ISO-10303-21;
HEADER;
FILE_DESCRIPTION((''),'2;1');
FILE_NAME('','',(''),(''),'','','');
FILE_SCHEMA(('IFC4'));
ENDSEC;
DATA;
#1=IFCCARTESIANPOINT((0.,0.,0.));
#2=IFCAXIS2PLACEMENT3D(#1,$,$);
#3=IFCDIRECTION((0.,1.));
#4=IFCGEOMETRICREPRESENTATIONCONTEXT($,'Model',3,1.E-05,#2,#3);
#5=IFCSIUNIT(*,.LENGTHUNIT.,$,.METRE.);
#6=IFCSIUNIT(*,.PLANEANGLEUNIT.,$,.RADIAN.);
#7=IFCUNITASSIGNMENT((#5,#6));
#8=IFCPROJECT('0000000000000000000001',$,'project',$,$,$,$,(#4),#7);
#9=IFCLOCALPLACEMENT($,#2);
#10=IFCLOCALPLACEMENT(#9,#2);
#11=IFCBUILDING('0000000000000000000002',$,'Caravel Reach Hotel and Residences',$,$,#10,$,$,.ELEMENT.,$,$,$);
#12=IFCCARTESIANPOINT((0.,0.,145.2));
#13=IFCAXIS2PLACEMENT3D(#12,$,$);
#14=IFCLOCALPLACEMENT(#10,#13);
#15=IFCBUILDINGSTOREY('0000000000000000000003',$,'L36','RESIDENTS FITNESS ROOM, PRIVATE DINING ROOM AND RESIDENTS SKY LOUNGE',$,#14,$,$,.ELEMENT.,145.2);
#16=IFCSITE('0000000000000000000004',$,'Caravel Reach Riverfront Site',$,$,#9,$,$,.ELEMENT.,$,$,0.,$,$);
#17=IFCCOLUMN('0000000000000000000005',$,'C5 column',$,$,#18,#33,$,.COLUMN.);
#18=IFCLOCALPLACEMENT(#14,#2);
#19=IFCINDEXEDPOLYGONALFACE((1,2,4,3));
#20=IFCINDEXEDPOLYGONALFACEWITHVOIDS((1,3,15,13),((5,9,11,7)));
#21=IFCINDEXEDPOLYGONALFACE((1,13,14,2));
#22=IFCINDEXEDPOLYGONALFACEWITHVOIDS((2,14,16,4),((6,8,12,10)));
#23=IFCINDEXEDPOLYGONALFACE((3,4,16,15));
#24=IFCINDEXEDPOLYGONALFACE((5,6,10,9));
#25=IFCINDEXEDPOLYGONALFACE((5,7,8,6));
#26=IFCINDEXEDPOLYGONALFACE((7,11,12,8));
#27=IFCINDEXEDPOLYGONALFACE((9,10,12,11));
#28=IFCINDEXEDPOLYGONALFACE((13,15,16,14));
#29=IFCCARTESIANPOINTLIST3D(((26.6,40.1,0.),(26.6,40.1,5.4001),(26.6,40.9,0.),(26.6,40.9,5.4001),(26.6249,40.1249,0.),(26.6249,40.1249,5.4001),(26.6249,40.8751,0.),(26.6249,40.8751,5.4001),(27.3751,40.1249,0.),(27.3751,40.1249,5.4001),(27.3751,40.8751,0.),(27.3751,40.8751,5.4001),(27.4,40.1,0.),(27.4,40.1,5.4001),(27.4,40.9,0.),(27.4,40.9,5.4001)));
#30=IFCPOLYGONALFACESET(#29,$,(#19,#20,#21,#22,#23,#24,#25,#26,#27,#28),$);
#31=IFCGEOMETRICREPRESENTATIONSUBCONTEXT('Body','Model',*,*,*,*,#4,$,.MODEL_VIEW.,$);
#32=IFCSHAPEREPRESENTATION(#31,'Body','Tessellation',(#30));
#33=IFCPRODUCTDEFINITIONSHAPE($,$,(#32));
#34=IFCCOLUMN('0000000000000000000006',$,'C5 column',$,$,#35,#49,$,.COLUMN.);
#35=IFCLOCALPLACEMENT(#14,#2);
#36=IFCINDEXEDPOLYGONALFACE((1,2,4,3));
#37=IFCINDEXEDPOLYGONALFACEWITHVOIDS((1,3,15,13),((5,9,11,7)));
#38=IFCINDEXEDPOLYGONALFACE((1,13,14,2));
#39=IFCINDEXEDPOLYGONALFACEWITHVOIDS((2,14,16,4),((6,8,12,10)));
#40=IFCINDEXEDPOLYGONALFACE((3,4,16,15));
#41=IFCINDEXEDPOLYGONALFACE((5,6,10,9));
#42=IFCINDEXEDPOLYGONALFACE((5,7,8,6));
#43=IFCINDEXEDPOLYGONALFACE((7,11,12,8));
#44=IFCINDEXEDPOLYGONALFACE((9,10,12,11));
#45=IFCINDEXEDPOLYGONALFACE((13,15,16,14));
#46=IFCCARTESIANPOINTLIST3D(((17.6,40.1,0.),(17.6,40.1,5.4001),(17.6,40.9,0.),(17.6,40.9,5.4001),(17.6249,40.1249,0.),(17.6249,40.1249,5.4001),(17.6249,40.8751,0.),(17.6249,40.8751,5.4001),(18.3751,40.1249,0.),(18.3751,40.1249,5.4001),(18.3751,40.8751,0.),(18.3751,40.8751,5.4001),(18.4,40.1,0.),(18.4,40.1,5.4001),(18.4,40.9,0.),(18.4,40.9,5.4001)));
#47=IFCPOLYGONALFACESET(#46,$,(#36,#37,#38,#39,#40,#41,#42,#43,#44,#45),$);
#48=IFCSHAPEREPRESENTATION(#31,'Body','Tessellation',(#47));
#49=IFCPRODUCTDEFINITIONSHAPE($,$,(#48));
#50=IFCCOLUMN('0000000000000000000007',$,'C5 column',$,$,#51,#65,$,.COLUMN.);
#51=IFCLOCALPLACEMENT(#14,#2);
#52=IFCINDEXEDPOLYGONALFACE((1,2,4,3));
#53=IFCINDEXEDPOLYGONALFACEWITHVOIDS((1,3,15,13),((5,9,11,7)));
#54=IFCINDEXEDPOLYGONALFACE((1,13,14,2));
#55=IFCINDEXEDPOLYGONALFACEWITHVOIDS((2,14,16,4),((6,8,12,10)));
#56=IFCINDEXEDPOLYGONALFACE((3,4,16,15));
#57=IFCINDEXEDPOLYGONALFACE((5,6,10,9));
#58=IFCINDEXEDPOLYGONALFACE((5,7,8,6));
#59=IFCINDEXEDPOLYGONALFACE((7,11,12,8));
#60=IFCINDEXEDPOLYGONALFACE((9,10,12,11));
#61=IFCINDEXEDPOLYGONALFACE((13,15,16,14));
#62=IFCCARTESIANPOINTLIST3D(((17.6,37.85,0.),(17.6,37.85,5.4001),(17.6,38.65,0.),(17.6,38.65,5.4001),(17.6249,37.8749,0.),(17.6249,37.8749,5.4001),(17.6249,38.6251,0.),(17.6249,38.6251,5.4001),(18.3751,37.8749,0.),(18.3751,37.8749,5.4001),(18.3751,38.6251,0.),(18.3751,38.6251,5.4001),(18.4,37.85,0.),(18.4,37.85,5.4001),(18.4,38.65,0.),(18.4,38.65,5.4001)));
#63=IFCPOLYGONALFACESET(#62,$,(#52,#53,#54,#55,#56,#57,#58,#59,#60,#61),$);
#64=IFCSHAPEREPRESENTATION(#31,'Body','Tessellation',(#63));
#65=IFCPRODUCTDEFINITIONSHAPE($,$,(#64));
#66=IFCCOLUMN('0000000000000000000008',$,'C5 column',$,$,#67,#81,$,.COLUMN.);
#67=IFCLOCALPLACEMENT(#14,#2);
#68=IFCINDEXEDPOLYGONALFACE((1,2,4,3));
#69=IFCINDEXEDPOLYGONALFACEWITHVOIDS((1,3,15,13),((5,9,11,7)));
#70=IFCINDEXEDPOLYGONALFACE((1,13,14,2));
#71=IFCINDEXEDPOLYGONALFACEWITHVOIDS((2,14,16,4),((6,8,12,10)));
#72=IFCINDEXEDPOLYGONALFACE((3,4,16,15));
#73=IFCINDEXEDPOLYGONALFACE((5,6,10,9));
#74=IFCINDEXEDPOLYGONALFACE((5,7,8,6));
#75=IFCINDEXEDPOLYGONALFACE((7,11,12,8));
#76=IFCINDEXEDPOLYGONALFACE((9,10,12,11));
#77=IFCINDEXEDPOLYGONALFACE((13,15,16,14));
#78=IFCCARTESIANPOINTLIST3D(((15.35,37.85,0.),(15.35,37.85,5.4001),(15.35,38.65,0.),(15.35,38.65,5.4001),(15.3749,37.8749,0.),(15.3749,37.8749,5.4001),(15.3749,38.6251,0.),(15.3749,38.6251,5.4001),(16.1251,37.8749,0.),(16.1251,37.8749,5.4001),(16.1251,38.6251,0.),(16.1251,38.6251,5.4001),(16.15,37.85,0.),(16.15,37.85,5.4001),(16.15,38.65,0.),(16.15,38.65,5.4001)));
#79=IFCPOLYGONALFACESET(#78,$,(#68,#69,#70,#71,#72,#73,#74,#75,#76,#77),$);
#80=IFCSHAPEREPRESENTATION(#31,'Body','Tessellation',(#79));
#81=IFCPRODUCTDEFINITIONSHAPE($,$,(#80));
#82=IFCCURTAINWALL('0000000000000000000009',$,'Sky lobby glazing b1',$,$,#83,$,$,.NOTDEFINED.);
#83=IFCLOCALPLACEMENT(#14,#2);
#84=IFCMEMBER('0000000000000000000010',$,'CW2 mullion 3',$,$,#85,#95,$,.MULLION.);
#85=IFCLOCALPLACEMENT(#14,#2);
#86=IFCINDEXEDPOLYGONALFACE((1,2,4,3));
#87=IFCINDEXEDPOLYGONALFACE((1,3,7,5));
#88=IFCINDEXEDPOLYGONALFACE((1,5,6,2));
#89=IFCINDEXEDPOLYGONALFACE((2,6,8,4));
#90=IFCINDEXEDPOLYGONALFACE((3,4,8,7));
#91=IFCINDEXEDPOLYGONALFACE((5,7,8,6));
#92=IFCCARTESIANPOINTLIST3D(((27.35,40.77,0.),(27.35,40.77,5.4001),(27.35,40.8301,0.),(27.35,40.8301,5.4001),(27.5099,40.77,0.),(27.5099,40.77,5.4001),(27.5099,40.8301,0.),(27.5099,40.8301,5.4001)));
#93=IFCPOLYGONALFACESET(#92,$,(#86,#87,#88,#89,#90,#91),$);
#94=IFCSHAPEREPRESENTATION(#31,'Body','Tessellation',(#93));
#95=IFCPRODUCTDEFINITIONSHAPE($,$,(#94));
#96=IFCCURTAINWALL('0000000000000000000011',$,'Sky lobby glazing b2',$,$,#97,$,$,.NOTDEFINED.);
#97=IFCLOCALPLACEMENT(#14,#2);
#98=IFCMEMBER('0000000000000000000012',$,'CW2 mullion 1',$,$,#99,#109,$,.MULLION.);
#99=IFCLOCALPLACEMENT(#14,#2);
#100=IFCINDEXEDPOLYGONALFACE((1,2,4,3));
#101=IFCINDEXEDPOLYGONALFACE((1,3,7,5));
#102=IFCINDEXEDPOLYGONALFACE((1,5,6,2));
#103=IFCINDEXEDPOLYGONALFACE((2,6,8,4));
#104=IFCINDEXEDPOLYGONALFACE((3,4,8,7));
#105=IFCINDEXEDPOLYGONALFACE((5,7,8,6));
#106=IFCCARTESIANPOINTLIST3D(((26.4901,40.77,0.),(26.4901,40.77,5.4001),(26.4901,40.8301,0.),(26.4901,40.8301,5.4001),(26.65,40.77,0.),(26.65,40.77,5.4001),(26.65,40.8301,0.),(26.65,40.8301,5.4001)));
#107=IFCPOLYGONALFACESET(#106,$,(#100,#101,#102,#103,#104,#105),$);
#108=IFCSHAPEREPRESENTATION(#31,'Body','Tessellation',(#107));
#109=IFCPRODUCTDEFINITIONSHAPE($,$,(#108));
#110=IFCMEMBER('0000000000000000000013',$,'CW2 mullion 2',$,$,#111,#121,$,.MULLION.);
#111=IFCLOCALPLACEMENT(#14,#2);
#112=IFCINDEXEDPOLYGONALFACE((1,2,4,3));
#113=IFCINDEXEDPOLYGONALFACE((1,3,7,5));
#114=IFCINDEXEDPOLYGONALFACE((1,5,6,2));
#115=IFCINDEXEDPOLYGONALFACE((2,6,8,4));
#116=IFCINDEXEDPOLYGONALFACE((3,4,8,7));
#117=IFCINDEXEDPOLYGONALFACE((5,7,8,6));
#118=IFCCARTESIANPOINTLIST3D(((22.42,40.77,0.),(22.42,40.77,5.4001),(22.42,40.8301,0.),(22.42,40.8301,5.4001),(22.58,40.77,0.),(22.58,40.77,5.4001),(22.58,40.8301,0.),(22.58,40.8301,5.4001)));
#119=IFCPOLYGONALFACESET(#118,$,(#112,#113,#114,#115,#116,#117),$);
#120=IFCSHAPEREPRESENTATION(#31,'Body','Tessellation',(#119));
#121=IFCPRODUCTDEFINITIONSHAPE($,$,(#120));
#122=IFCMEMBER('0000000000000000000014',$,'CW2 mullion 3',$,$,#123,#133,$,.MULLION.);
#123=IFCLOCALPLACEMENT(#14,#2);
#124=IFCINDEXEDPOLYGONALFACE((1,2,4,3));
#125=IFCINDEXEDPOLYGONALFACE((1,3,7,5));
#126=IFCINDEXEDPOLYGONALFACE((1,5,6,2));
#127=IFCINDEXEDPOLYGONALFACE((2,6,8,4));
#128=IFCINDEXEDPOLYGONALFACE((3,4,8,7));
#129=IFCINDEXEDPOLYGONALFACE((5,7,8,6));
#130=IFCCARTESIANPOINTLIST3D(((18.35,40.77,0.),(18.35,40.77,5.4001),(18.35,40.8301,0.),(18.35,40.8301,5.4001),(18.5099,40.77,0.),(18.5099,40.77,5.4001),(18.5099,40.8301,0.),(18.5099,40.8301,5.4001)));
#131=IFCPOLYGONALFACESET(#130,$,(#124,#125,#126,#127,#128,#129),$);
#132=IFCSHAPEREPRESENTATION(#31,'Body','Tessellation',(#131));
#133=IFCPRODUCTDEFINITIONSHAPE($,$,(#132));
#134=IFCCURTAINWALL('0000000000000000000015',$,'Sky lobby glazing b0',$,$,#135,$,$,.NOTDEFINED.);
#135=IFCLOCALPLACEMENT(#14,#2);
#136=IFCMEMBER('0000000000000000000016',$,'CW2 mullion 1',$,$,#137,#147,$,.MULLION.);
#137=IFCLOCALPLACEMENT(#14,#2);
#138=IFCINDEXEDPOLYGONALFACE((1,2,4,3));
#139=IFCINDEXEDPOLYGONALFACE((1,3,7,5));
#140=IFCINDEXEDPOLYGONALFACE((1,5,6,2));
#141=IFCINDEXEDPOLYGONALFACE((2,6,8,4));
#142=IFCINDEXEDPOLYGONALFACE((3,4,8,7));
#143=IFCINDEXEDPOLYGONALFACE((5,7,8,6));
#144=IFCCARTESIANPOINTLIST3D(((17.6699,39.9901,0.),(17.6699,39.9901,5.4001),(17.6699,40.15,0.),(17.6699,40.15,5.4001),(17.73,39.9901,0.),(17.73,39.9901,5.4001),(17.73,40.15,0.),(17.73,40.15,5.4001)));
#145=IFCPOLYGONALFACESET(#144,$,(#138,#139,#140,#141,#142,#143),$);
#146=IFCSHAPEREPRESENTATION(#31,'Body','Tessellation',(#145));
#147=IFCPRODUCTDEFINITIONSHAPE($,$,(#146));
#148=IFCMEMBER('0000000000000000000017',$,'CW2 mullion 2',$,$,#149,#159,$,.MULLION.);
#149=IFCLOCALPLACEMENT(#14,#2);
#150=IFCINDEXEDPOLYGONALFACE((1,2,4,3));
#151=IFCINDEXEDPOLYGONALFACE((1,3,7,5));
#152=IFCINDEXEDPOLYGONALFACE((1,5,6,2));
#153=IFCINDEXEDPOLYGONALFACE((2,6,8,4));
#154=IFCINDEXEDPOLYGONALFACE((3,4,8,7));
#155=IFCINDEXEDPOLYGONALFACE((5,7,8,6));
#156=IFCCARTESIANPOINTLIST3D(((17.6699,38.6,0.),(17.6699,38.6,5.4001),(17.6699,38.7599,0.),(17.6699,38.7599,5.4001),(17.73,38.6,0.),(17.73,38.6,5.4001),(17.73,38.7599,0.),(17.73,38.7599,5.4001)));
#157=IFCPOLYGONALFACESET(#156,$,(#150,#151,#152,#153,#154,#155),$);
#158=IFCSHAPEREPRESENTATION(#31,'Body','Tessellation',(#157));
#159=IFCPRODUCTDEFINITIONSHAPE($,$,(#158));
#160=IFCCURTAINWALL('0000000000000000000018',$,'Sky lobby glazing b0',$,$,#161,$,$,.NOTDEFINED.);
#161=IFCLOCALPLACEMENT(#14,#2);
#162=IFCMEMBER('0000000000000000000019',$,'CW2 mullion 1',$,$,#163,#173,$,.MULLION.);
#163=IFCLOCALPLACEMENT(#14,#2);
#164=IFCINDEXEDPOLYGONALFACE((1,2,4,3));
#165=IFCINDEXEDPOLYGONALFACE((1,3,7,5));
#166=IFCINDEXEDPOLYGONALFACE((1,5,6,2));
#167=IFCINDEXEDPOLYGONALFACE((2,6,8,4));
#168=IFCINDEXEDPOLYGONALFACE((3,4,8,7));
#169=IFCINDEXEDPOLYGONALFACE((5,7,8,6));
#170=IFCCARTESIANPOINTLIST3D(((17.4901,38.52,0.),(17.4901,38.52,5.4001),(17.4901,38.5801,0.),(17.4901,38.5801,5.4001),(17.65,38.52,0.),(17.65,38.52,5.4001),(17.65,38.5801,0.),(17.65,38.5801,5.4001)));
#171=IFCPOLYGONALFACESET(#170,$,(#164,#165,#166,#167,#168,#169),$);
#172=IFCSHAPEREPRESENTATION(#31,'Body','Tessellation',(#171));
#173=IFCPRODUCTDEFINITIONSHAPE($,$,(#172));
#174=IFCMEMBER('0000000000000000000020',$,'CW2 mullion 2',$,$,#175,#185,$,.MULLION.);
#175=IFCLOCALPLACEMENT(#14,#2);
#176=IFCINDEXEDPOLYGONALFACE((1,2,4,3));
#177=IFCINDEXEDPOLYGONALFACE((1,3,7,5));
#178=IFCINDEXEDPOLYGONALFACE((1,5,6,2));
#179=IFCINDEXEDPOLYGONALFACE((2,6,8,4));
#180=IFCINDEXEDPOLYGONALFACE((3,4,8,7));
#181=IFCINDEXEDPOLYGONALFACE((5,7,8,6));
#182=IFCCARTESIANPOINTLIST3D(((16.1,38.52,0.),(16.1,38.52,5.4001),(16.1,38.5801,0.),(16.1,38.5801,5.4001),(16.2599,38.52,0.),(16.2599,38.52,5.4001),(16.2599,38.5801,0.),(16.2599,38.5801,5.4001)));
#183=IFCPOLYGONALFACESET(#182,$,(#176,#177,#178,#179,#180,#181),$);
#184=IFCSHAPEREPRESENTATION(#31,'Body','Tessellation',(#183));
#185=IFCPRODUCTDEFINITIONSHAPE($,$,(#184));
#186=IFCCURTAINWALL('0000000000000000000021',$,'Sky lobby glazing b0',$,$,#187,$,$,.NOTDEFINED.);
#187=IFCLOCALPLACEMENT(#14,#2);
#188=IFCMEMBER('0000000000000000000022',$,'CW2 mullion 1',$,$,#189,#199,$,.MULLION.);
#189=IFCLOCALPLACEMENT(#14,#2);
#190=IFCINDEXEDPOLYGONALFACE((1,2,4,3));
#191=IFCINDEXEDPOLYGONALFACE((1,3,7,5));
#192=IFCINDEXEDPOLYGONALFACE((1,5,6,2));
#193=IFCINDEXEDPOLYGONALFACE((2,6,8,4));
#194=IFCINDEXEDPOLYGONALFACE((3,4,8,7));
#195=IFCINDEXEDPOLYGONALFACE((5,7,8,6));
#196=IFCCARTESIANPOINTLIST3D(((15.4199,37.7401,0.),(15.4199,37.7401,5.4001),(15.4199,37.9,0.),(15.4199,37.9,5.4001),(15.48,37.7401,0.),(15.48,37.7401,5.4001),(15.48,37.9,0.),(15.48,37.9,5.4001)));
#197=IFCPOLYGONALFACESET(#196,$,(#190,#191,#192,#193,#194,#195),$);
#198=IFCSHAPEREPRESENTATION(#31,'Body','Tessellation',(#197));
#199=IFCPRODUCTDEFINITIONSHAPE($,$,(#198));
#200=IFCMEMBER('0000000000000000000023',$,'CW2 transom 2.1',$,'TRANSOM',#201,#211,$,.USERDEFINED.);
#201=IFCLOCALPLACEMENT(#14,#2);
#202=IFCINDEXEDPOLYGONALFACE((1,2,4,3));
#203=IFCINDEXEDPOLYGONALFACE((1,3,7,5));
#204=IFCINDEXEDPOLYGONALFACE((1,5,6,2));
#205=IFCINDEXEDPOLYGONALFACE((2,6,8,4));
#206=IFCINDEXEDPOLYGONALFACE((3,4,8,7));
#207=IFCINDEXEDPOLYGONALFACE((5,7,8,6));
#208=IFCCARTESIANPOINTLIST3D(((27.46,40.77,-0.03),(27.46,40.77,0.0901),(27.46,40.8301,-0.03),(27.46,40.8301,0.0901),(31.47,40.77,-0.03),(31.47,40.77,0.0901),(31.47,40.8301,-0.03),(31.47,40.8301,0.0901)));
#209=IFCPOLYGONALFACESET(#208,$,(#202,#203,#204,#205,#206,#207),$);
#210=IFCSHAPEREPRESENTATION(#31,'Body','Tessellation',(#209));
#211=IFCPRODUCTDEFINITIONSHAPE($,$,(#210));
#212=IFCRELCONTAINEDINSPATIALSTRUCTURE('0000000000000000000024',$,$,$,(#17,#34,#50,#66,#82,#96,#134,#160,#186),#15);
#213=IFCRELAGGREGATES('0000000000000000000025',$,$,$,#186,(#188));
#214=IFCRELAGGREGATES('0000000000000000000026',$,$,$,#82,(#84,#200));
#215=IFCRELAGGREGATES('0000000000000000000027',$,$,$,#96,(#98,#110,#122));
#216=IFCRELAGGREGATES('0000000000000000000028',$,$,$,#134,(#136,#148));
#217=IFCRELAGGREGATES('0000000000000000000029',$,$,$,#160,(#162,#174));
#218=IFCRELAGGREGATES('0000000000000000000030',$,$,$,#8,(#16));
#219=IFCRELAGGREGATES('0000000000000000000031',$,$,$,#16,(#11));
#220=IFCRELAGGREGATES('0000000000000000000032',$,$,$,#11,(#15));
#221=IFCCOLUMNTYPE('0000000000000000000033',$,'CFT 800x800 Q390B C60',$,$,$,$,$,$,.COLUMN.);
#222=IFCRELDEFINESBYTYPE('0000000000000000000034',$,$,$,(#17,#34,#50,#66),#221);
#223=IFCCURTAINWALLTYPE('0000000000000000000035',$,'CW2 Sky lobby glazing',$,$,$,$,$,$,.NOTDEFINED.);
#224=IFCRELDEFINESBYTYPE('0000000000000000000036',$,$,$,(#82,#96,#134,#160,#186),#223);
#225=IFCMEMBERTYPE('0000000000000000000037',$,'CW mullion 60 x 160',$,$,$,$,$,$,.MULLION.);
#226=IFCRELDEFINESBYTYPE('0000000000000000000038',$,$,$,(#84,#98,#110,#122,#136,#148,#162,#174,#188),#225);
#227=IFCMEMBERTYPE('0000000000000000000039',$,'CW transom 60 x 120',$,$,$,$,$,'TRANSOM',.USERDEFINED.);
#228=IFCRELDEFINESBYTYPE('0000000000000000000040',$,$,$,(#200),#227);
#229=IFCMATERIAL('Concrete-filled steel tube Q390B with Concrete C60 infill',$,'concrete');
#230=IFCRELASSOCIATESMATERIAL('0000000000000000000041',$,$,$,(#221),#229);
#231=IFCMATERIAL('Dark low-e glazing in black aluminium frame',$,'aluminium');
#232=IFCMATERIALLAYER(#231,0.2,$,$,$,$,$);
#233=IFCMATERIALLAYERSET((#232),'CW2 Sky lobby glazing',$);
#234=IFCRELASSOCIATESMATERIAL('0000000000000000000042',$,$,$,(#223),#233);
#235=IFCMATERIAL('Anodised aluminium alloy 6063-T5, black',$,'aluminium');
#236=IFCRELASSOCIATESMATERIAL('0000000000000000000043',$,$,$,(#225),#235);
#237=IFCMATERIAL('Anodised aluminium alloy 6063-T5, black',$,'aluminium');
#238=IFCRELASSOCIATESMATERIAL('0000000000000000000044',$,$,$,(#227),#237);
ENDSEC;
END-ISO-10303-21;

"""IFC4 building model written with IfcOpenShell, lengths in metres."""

from ifc_helpers import new_model, si_unit, direction, frame, origin, origin_2d, place, context, subcontext, project, spatial, rectangle, hollow_rectangle, extrude, material, layer, layer_set, material_profile, profile_set, type_object, element, aggregate, save


model = new_model("IFC4")

# Units and contexts
model_context = context("Model", 3, precision=1e-05, world=origin(), true_north=direction((0.0, 1.0)))
body_context = subcontext(model_context, "Body", "Model", "MODEL_VIEW")
ifc_project = project(units=[si_unit("LENGTHUNIT", "METRE"), si_unit("PLANEANGLEUNIT", "RADIAN")], contexts=[model_context])

# Site, building, storey
site_placement = place(None, origin())
site = spatial("IfcSite", under=ifc_project, at=site_placement, Name="Caravel Reach Riverfront Site", CompositionType="ELEMENT", RefElevation=0.0)
building_placement = place(site_placement, origin())
building = spatial("IfcBuilding", under=site, at=building_placement, Name="Caravel Reach Hotel and Residences", CompositionType="ELEMENT")
storey_placement = place(building_placement, frame((0.0, 0.0, 145.2)))
storey = spatial("IfcBuildingStorey", under=building, at=storey_placement, Name="L36", Description="RESIDENTS FITNESS ROOM, PRIVATE DINING ROOM AND RESIDENTS SKY LOUNGE", CompositionType="ELEMENT", Elevation=145.2)

# Columns
ifc_material_1 = material(Name="Concrete-filled steel tube Q390B with Concrete C60 infill", Category="concrete")
ifc_material_profile_1 = material_profile(ifc_material_1, hollow_rectangle(XDim=0.8, YDim=0.8, WallThickness=0.0249, at=origin_2d()), Name="RHS 800x800x25")
ifc_profile_set_1 = profile_set([ifc_material_profile_1], Name="Concrete-filled steel tube Q390B with Concrete C60 infill")
column_type = type_object("IfcColumnType", Name="CFT 800x800 Q390B C60", PredefinedType="COLUMN", material=ifc_profile_set_1)
for number, where, z_axis, x_axis, name in (
    (1, (27.0, 40.5, 0.0), (0.0, 0.0, 1.0), (1.0, 0.0, 0.0), "C5 column"),
    (2, (18.0, 40.5, 0.0), (0.0, 0.0, 1.0), (1.0, 0.0, 0.0), "C5 column"),
    (3, (18.0, 38.25, 0.0), (0.0, 0.0, 1.0), (1.0, 0.0, 0.0), "C5 column"),
    (4, (15.75, 38.25, 0.0), (0.0, 0.0, 1.0), (1.0, 0.0, 0.0), "C5 column"),
):
    element("IfcColumn", number, at=place(storey_placement, frame(where, z_axis=z_axis, x_axis=x_axis)), inside=storey, type_object=column_type, Name=name, PredefinedType="COLUMN", context=body_context, shape_type="SweptSolid", body=[
        extrude(hollow_rectangle(XDim=0.8, YDim=0.8, WallThickness=0.0249, at=origin_2d()), origin(), (0.0, 0.0, 1.0), 5.4001),
    ])

# Curtain wall, member
ifc_material_2 = material(Name="Dark low-e glazing in black aluminium frame", Category="aluminium")
ifc_layer_1 = layer(ifc_material_2, 0.2)
ifc_layer_set_1 = layer_set([ifc_layer_1], Name="CW2 Sky lobby glazing")
curtain_wall_type = type_object("IfcCurtainWallType", Name="CW2 Sky lobby glazing", PredefinedType="NOTDEFINED", material=ifc_layer_set_1)
curtain_wall_1_placement = place(storey_placement, origin())
curtain_wall_1 = element("IfcCurtainWall", 5, at=curtain_wall_1_placement, inside=storey, type_object=curtain_wall_type, Name="Sky lobby glazing b1", PredefinedType="NOTDEFINED")
ifc_material_3 = material(Name="Anodised aluminium alloy 6063-T5, black", Category="aluminium")
ifc_material_profile_2 = material_profile(ifc_material_3, rectangle(XDim=0.0601, YDim=0.1599, at=origin_2d()), Name="CW mullion 60 x 160")
ifc_profile_set_2 = profile_set([ifc_material_profile_2], Name="Anodised aluminium alloy 6063-T5, black")
member_type_1 = type_object("IfcMemberType", Name="CW mullion 60 x 160", PredefinedType="MULLION", material=ifc_profile_set_2)
member_1_placement = place(storey_placement, frame((27.4299, 40.8, 0.0), z_axis=(0.0, 0.0, 1.0), x_axis=(0.0, -1.0, 0.0)))
member_1 = element("IfcMember", 6, at=member_1_placement, type_object=member_type_1, Name="CW2 mullion 3", PredefinedType="MULLION", context=body_context, shape_type="SweptSolid", body=[
    extrude(rectangle(XDim=0.0601, YDim=0.1599, at=origin_2d()), origin(), (0.0, 0.0, 1.0), 5.4001),
])

# Curtain walls, members
curtain_wall_2_placement = place(storey_placement, origin())
curtain_wall_2 = element("IfcCurtainWall", 7, at=curtain_wall_2_placement, inside=storey, type_object=curtain_wall_type, Name="Sky lobby glazing b2", PredefinedType="NOTDEFINED")
member_2_placement = place(storey_placement, frame((26.5701, 40.8, 0.0), z_axis=(0.0, 0.0, 1.0), x_axis=(0.0, -1.0, 0.0)))
member_2 = element("IfcMember", 8, at=member_2_placement, type_object=member_type_1, Name="CW2 mullion 1", PredefinedType="MULLION", context=body_context, shape_type="SweptSolid", body=[
    extrude(rectangle(XDim=0.0601, YDim=0.1599, at=origin_2d()), origin(), (0.0, 0.0, 1.0), 5.4001),
])
member_3_placement = place(storey_placement, frame((22.5, 40.8, 0.0), z_axis=(0.0, 0.0, 1.0), x_axis=(0.0, -1.0, 0.0)))
member_3 = element("IfcMember", 9, at=member_3_placement, type_object=member_type_1, Name="CW2 mullion 2", PredefinedType="MULLION", context=body_context, shape_type="SweptSolid", body=[
    extrude(rectangle(XDim=0.0601, YDim=0.1599, at=origin_2d()), origin(), (0.0, 0.0, 1.0), 5.4001),
])
member_4_placement = place(storey_placement, frame((18.4299, 40.8, 0.0), z_axis=(0.0, 0.0, 1.0), x_axis=(0.0, -1.0, 0.0)))
member_4 = element("IfcMember", 10, at=member_4_placement, type_object=member_type_1, Name="CW2 mullion 3", PredefinedType="MULLION", context=body_context, shape_type="SweptSolid", body=[
    extrude(rectangle(XDim=0.0601, YDim=0.1599, at=origin_2d()), origin(), (0.0, 0.0, 1.0), 5.4001),
])
curtain_wall_3_placement = place(storey_placement, origin())
curtain_wall_3 = element("IfcCurtainWall", 11, at=curtain_wall_3_placement, inside=storey, type_object=curtain_wall_type, Name="Sky lobby glazing b0", PredefinedType="NOTDEFINED")
member_5_placement = place(storey_placement, frame((17.7, 40.0701, 0.0), z_axis=(0.0, 0.0, 1.0), x_axis=(1.0, 0.0, 0.0)))
member_5 = element("IfcMember", 12, at=member_5_placement, type_object=member_type_1, Name="CW2 mullion 1", PredefinedType="MULLION", context=body_context, shape_type="SweptSolid", body=[
    extrude(rectangle(XDim=0.0601, YDim=0.1599, at=origin_2d()), origin(), (0.0, 0.0, 1.0), 5.4001),
])
member_6_placement = place(storey_placement, frame((17.7, 38.6799, 0.0), z_axis=(0.0, 0.0, 1.0), x_axis=(1.0, 0.0, 0.0)))
member_6 = element("IfcMember", 13, at=member_6_placement, type_object=member_type_1, Name="CW2 mullion 2", PredefinedType="MULLION", context=body_context, shape_type="SweptSolid", body=[
    extrude(rectangle(XDim=0.0601, YDim=0.1599, at=origin_2d()), origin(), (0.0, 0.0, 1.0), 5.4001),
])
curtain_wall_4_placement = place(storey_placement, origin())
curtain_wall_4 = element("IfcCurtainWall", 14, at=curtain_wall_4_placement, inside=storey, type_object=curtain_wall_type, Name="Sky lobby glazing b0", PredefinedType="NOTDEFINED")
member_7_placement = place(storey_placement, frame((17.5701, 38.55, 0.0), z_axis=(0.0, 0.0, 1.0), x_axis=(0.0, -1.0, 0.0)))
member_7 = element("IfcMember", 15, at=member_7_placement, type_object=member_type_1, Name="CW2 mullion 1", PredefinedType="MULLION", context=body_context, shape_type="SweptSolid", body=[
    extrude(rectangle(XDim=0.0601, YDim=0.1599, at=origin_2d()), origin(), (0.0, 0.0, 1.0), 5.4001),
])
member_8_placement = place(storey_placement, frame((16.1799, 38.55, 0.0), z_axis=(0.0, 0.0, 1.0), x_axis=(0.0, -1.0, 0.0)))
member_8 = element("IfcMember", 16, at=member_8_placement, type_object=member_type_1, Name="CW2 mullion 2", PredefinedType="MULLION", context=body_context, shape_type="SweptSolid", body=[
    extrude(rectangle(XDim=0.0601, YDim=0.1599, at=origin_2d()), origin(), (0.0, 0.0, 1.0), 5.4001),
])

# Curtain wall, member
curtain_wall_5_placement = place(storey_placement, origin())
curtain_wall_5 = element("IfcCurtainWall", 17, at=curtain_wall_5_placement, inside=storey, type_object=curtain_wall_type, Name="Sky lobby glazing b0", PredefinedType="NOTDEFINED")
member_9_placement = place(storey_placement, frame((15.45, 37.8201, 0.0), z_axis=(0.0, 0.0, 1.0), x_axis=(1.0, 0.0, 0.0)))
member_9 = element("IfcMember", 18, at=member_9_placement, type_object=member_type_1, Name="CW2 mullion 1", PredefinedType="MULLION", context=body_context, shape_type="SweptSolid", body=[
    extrude(rectangle(XDim=0.0601, YDim=0.1599, at=origin_2d()), origin(), (0.0, 0.0, 1.0), 5.4001),
])
aggregate(curtain_wall_5, [member_9])

# Member
ifc_material_4 = material(Name="Anodised aluminium alloy 6063-T5, black", Category="aluminium")
ifc_material_profile_3 = material_profile(ifc_material_4, rectangle(XDim=0.0601, YDim=0.1201, at=origin_2d()), Name="CW transom 60 x 120")
ifc_profile_set_3 = profile_set([ifc_material_profile_3], Name="Anodised aluminium alloy 6063-T5, black")
member_type_2 = type_object("IfcMemberType", Name="CW transom 60 x 120", ElementType="TRANSOM", PredefinedType="USERDEFINED", material=ifc_profile_set_3)
member_10_placement = place(storey_placement, frame((31.47, 40.8, 0.03), z_axis=(-1.0, 0.0, 0.0), x_axis=(0.0, -1.0, 0.0)))
member_10 = element("IfcMember", 19, at=member_10_placement, type_object=member_type_2, Name="CW2 transom 2.1", ObjectType="TRANSOM", PredefinedType="USERDEFINED", context=body_context, shape_type="SweptSolid", body=[
    extrude(rectangle(XDim=0.0601, YDim=0.1201, at=origin_2d()), origin(), (0.0, 0.0, 1.0), 4.01),
])

aggregate(curtain_wall_1, [member_1, member_10])
aggregate(curtain_wall_2, [member_2, member_3, member_4])
aggregate(curtain_wall_3, [member_5, member_6])
aggregate(curtain_wall_4, [member_7, member_8])

save(model, "model.ifc")
